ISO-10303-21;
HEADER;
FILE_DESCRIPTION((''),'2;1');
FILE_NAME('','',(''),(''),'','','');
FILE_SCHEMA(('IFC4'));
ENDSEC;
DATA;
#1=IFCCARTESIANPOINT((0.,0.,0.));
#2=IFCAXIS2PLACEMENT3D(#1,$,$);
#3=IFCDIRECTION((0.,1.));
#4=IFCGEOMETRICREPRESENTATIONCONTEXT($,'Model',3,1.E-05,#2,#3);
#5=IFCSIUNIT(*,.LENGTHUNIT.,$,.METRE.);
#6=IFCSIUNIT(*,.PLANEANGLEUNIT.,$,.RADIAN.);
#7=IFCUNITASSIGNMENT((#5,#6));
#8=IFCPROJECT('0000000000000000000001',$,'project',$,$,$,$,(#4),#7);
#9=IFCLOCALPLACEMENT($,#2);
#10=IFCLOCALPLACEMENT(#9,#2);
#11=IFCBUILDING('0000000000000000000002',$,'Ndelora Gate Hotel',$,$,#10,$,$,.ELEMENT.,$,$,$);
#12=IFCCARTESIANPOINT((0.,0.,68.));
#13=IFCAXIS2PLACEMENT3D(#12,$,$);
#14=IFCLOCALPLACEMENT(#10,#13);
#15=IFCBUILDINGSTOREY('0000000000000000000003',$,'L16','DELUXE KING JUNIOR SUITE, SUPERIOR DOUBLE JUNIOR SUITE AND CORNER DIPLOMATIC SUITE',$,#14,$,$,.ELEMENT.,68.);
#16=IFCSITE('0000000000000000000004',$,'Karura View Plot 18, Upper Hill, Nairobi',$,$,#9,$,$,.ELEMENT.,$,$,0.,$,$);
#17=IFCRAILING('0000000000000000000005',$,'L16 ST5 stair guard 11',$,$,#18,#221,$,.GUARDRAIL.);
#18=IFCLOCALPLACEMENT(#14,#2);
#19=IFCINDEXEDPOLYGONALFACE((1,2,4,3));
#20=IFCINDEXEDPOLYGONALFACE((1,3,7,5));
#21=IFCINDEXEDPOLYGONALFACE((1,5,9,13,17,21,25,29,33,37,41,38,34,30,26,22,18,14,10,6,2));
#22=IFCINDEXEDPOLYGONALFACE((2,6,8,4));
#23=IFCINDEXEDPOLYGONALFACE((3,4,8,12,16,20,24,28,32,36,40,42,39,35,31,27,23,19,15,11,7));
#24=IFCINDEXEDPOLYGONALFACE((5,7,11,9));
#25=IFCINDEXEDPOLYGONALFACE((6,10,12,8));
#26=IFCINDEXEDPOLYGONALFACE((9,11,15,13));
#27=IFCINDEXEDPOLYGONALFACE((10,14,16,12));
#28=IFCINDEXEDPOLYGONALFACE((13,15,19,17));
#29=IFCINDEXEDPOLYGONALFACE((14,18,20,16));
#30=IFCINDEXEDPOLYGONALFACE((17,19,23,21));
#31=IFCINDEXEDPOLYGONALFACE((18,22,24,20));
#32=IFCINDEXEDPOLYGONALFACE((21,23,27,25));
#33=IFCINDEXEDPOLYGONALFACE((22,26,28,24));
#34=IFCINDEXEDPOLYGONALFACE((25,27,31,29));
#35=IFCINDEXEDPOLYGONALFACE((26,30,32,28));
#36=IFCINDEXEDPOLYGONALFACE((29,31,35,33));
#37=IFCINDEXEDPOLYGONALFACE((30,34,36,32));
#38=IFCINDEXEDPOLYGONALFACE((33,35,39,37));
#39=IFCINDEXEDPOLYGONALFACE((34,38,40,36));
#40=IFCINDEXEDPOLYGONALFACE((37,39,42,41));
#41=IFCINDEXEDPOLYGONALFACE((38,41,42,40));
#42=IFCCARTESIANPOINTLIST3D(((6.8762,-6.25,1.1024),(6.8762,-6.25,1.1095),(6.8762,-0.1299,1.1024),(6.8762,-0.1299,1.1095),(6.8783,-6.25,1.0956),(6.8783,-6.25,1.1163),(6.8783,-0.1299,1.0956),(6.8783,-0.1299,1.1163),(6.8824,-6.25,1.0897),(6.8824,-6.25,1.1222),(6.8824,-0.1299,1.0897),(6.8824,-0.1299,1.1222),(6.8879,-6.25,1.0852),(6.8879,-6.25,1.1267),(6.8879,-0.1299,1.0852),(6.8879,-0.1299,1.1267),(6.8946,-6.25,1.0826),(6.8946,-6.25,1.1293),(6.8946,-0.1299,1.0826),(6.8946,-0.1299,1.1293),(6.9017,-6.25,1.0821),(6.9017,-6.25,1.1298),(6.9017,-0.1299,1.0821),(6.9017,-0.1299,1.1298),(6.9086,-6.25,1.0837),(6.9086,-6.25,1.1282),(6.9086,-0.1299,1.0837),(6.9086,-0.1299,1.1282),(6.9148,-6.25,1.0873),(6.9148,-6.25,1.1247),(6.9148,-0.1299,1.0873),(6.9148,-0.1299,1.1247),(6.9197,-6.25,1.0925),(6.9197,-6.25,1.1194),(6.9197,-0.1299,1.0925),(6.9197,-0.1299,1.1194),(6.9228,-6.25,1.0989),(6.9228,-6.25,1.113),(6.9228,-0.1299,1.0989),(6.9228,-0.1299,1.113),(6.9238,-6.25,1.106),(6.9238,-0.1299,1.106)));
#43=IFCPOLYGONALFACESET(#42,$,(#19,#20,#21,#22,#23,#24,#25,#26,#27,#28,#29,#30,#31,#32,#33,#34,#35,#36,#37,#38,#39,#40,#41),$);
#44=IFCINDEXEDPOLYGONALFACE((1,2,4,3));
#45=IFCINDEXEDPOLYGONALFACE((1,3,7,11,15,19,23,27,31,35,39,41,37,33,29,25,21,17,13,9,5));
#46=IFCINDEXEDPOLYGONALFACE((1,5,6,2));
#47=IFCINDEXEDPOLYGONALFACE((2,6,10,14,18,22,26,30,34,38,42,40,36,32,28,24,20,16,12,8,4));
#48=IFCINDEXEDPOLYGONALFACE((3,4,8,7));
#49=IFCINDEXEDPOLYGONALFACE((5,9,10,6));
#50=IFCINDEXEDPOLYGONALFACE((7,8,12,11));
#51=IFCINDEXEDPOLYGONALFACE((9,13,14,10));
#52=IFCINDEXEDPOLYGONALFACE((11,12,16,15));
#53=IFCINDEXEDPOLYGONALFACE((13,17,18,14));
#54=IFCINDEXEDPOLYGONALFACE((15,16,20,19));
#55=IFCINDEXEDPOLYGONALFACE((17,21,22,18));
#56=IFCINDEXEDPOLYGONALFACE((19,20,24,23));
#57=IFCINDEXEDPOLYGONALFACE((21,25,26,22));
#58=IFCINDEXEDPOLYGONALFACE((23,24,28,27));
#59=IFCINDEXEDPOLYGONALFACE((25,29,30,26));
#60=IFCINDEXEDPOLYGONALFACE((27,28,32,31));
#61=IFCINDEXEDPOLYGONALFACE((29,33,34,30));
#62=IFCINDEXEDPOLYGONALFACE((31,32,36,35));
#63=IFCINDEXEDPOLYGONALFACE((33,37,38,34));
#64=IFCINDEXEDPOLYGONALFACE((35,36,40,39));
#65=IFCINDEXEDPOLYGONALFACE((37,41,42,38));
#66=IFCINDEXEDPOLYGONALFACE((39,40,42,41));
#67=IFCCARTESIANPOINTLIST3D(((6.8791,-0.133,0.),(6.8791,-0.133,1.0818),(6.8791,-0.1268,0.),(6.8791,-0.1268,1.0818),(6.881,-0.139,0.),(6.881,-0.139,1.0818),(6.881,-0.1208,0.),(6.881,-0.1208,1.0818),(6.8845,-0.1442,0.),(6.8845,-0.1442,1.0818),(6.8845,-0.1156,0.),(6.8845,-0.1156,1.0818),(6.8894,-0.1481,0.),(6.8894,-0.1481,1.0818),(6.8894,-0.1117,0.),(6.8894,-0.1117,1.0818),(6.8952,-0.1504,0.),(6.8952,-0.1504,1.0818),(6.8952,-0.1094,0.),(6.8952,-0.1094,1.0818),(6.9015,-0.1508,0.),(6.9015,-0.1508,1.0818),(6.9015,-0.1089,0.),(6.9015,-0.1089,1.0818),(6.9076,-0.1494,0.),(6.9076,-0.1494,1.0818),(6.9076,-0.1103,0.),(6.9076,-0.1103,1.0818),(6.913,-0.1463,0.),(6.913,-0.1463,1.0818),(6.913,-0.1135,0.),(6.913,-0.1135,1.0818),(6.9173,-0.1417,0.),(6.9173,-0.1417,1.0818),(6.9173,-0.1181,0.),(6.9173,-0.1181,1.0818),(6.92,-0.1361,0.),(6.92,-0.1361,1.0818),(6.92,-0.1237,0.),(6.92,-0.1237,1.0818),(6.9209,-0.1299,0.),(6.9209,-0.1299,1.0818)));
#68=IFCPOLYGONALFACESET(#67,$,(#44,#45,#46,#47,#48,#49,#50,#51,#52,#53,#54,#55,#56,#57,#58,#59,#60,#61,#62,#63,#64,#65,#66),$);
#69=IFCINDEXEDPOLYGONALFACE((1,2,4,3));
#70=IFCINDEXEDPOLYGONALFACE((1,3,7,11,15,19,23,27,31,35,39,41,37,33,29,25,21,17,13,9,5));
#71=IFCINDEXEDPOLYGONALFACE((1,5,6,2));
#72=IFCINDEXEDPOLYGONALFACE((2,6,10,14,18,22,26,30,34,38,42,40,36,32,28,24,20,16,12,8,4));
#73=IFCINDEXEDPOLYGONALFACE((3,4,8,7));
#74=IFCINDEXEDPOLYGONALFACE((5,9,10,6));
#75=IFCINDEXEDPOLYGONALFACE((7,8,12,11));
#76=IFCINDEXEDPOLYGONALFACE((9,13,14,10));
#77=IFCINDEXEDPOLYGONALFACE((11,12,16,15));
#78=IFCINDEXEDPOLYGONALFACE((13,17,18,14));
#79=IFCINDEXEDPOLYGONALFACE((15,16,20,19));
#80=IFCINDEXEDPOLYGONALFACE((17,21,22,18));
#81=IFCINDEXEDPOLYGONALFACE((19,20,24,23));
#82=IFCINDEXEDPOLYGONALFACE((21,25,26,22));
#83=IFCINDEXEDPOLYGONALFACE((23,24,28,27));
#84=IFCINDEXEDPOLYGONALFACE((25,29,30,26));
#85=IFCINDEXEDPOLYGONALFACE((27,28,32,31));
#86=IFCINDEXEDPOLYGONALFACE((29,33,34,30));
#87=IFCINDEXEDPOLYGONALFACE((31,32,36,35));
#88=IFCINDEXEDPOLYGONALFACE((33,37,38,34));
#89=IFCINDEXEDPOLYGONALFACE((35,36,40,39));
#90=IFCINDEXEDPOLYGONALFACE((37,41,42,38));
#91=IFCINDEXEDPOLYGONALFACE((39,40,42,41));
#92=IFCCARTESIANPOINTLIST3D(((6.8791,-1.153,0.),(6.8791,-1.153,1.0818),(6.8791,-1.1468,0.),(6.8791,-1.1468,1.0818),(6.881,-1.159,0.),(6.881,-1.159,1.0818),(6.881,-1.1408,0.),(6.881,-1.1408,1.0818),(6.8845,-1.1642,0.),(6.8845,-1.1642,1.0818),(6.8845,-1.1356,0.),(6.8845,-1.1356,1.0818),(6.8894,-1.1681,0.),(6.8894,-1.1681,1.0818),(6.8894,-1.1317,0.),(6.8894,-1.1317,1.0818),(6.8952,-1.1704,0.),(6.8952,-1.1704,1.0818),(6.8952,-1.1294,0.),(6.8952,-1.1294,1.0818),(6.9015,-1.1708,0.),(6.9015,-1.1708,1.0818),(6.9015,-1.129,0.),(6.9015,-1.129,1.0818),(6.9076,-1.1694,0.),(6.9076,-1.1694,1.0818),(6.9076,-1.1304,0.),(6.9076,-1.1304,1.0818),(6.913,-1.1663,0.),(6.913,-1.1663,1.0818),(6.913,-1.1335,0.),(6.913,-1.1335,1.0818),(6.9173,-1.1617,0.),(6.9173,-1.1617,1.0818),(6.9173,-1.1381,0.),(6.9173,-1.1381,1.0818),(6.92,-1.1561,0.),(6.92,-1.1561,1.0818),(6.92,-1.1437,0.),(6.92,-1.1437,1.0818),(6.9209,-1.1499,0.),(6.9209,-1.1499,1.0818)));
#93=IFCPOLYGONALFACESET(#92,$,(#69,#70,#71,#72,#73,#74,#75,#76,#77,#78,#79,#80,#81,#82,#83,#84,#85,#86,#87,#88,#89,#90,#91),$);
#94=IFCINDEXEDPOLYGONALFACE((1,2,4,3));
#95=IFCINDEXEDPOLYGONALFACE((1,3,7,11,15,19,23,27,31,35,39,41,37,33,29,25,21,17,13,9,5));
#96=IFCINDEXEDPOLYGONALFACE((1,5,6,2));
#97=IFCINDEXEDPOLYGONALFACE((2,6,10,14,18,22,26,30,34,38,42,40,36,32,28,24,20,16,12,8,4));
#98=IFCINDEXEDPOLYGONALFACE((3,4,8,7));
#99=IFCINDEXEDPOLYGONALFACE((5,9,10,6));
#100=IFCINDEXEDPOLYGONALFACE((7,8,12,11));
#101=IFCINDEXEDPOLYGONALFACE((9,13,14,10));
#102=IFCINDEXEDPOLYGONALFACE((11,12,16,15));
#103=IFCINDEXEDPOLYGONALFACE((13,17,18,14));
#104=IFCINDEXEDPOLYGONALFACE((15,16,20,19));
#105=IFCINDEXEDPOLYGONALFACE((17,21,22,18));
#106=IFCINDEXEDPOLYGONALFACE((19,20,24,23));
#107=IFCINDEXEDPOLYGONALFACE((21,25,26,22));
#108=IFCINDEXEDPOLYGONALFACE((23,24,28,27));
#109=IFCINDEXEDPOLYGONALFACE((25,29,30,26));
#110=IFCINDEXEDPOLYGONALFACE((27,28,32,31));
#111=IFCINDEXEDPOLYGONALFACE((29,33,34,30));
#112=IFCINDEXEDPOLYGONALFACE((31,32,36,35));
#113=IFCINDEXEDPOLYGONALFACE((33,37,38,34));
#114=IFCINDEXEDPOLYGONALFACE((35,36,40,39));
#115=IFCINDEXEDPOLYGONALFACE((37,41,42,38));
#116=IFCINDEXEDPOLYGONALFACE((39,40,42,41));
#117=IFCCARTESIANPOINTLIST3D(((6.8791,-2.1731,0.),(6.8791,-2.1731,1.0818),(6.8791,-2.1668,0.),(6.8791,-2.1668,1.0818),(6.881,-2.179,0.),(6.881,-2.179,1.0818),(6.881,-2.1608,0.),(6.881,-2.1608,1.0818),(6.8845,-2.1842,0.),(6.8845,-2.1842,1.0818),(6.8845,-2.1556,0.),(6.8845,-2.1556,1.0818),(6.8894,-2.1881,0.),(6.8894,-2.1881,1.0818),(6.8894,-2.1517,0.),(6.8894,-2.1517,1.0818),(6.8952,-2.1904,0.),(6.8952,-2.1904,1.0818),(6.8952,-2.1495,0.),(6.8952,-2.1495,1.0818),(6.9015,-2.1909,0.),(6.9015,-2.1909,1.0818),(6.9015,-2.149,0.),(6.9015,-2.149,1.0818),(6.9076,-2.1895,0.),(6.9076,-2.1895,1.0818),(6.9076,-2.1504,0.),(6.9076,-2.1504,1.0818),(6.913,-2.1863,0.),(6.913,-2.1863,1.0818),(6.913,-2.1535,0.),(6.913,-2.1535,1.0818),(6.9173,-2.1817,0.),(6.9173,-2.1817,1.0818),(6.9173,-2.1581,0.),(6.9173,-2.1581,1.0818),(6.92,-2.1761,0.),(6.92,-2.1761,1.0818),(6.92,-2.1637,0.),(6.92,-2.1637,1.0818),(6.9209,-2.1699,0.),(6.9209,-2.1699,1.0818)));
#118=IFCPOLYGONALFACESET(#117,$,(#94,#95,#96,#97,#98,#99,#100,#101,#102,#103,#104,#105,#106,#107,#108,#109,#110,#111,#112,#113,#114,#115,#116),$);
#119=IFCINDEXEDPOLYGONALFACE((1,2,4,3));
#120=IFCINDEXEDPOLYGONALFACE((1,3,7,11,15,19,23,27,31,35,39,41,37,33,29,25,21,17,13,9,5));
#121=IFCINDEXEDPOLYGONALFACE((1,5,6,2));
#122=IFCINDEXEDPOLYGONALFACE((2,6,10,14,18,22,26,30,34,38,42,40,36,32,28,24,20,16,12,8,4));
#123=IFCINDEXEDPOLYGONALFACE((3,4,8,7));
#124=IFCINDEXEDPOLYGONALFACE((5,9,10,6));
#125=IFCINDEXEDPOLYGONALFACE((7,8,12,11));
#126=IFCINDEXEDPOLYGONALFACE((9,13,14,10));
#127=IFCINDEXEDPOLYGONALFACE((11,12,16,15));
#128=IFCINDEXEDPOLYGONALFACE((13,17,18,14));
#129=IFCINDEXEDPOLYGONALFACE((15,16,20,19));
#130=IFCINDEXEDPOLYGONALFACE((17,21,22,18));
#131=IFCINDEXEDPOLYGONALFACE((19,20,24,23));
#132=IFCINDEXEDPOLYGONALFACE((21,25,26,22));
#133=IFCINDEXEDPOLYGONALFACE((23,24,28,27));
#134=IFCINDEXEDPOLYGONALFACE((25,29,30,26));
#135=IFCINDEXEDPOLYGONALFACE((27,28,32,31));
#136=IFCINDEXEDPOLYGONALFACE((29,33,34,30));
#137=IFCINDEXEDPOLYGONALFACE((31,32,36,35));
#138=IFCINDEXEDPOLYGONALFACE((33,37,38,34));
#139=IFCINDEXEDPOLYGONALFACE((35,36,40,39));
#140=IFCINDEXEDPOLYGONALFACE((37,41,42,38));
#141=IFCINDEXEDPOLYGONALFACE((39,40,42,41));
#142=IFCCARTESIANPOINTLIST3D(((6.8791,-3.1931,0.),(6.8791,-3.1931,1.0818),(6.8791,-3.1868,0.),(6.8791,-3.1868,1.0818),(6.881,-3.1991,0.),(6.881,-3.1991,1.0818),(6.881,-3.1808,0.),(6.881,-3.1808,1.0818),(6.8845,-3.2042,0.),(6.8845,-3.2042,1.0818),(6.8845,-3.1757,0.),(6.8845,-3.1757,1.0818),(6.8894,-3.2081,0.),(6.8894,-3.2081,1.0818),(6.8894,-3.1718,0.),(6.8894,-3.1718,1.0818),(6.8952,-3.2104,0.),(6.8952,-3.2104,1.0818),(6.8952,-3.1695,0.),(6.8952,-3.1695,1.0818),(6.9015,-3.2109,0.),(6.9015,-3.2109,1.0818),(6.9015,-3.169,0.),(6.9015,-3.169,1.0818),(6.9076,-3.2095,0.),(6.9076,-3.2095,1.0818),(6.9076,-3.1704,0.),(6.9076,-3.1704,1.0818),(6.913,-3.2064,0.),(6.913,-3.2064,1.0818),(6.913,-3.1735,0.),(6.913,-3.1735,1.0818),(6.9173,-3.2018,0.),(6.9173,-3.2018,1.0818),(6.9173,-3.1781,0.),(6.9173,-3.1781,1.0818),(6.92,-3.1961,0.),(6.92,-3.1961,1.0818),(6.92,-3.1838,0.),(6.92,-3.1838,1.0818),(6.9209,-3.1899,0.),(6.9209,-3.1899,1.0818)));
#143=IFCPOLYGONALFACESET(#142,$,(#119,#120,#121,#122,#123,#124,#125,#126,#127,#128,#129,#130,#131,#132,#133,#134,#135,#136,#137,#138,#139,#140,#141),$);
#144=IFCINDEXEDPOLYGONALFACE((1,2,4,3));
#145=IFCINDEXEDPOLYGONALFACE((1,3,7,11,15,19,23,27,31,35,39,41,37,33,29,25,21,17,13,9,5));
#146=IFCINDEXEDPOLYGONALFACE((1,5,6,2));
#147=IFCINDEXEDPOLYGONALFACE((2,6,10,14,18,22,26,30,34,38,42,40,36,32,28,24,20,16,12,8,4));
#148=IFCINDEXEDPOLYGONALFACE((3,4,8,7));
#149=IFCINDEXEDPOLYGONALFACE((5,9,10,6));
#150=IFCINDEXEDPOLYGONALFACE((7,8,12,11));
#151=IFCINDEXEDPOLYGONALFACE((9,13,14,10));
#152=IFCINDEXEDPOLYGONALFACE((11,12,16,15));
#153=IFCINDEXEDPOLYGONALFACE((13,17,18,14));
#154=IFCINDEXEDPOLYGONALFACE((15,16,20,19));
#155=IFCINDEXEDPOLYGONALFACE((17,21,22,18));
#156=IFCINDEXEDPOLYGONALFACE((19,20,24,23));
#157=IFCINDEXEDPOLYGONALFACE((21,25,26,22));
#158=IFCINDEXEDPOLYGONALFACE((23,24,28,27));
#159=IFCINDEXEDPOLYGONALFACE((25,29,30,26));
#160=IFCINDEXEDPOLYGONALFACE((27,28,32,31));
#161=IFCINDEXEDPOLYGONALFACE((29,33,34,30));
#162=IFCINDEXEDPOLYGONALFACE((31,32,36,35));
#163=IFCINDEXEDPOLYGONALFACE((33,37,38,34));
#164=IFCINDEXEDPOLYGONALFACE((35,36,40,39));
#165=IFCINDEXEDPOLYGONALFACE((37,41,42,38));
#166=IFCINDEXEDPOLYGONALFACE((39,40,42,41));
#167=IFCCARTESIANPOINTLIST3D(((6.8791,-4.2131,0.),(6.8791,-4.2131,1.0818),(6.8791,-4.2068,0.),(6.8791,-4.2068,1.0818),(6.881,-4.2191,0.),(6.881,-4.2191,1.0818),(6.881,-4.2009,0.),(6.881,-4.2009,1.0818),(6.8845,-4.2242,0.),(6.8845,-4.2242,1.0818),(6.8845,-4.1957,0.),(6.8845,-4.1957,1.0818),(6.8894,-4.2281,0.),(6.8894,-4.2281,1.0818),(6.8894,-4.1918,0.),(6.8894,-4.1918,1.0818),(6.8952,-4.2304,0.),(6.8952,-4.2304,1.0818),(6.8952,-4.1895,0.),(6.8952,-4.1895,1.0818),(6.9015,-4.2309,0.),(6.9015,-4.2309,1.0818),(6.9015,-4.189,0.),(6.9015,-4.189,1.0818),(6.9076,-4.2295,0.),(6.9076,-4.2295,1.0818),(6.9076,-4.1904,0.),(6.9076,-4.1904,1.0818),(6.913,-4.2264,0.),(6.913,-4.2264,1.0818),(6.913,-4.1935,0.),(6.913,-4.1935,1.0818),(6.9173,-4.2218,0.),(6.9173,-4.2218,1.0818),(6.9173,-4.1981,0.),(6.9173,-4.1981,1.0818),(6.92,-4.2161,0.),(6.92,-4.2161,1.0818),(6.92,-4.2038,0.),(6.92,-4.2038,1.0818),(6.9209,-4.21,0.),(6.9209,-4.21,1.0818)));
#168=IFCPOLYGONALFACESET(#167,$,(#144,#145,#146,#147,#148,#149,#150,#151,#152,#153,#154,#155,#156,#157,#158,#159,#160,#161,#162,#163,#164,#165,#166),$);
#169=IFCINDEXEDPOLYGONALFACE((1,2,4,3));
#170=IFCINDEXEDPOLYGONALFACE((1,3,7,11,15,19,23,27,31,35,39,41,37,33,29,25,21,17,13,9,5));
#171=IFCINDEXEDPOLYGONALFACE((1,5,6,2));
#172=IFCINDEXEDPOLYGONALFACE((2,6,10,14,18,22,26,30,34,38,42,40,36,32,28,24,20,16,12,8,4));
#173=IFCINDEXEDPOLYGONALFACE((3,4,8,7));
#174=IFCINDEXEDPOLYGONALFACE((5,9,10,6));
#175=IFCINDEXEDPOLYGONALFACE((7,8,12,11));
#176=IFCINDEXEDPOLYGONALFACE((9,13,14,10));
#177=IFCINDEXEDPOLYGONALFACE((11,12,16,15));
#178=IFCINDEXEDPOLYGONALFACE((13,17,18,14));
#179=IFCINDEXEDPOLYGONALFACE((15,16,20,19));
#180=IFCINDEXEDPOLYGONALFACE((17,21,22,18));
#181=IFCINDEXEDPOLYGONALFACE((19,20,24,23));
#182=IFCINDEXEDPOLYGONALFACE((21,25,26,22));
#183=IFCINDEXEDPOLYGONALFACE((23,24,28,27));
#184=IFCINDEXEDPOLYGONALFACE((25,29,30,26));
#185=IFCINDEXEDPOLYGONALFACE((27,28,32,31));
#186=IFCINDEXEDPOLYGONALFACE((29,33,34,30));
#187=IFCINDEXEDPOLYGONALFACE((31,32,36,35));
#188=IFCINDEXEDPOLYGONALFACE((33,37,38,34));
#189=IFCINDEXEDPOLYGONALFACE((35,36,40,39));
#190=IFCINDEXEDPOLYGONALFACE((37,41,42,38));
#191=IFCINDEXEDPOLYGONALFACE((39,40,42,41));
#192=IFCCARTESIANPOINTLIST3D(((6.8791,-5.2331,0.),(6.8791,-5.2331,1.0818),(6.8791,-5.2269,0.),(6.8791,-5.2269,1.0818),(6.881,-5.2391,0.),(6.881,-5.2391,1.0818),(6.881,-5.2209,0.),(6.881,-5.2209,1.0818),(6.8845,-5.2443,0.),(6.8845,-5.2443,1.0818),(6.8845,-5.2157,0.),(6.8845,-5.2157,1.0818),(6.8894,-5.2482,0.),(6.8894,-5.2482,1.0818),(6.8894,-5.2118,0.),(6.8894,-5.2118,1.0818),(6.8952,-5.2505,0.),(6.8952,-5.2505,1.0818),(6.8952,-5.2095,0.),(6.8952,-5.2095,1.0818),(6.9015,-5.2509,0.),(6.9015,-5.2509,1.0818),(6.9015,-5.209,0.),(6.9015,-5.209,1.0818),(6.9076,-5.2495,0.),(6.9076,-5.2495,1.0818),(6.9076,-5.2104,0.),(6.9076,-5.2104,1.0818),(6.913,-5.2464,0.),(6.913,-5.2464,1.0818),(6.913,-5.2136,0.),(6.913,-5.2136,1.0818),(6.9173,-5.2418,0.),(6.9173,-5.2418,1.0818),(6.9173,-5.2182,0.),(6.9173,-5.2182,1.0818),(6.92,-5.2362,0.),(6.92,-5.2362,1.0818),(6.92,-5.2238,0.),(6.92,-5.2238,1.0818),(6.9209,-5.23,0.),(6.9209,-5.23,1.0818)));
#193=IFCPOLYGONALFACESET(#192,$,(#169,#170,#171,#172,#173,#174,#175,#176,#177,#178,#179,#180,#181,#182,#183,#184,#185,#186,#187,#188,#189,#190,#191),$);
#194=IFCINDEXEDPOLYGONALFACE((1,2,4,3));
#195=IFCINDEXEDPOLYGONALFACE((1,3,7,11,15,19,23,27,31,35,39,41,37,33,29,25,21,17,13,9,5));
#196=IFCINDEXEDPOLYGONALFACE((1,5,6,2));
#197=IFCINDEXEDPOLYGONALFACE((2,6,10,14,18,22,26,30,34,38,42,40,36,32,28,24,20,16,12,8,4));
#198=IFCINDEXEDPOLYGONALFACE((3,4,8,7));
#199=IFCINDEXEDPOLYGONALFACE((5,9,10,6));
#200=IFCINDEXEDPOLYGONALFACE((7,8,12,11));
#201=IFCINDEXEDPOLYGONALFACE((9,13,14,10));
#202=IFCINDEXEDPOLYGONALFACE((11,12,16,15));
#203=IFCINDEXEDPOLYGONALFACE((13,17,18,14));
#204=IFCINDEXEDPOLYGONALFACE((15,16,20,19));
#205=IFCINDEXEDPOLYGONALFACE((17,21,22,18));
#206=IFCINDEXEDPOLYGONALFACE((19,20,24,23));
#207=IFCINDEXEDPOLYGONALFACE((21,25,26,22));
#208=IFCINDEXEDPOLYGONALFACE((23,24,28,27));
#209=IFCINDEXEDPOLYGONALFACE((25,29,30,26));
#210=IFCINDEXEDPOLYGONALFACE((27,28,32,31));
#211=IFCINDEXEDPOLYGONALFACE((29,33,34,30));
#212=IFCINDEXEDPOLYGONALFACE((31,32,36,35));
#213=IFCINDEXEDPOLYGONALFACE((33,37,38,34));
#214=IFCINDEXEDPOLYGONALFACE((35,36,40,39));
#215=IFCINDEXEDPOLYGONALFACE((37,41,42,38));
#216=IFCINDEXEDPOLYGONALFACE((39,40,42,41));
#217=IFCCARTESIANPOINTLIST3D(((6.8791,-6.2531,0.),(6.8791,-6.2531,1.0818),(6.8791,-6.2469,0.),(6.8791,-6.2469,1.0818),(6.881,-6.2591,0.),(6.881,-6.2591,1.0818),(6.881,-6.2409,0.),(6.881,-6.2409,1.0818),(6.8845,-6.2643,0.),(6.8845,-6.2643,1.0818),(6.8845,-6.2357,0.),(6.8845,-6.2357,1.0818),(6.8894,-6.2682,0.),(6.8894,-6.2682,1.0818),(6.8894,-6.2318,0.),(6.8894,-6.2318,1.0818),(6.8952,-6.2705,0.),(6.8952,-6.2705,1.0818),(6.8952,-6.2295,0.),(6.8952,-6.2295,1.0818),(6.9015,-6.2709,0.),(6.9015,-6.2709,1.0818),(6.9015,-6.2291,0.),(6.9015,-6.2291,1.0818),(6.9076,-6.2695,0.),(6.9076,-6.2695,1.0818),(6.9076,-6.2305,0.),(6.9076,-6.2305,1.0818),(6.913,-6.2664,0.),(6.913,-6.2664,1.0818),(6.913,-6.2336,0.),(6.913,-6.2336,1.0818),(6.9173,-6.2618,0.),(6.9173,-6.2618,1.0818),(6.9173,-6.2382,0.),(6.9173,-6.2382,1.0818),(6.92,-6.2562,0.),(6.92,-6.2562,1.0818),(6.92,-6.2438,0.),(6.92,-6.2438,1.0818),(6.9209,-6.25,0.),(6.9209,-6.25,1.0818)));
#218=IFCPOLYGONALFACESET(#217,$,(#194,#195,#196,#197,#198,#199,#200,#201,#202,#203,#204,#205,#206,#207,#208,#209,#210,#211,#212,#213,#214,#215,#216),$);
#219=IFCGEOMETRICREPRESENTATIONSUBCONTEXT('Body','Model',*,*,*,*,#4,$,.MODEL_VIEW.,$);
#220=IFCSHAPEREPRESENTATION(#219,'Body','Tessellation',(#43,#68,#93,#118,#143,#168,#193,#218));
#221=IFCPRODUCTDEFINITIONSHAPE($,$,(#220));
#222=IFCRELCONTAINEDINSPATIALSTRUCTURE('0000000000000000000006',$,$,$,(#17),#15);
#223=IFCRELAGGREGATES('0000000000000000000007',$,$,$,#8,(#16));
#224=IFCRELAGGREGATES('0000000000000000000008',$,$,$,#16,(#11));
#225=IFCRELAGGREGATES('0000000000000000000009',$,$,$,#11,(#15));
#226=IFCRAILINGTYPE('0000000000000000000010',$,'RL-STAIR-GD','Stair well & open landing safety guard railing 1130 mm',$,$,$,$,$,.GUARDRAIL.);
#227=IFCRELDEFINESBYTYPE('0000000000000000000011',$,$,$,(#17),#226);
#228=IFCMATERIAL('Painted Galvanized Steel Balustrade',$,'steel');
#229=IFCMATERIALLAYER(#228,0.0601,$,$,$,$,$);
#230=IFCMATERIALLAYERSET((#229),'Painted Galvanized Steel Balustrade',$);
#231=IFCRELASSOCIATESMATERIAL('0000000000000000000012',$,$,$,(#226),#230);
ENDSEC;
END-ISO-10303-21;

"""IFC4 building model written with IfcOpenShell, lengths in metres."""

from ifc_helpers import new_model, si_unit, direction, frame, origin, origin_2d, place, context, subcontext, project, spatial, circle, extrude, material, layer, layer_set, type_object, element, save


model = new_model("IFC4")

# Units and contexts
model_context = context("Model", 3, precision=1e-05, world=origin(), true_north=direction((0.0, 1.0)))
body_context = subcontext(model_context, "Body", "Model", "MODEL_VIEW")
ifc_project = project(units=[si_unit("LENGTHUNIT", "METRE"), si_unit("PLANEANGLEUNIT", "RADIAN")], contexts=[model_context])

# Site, building, storey
site_placement = place(None, origin())
site = spatial("IfcSite", under=ifc_project, at=site_placement, Name="Karura View Plot 18, Upper Hill, Nairobi", CompositionType="ELEMENT", RefElevation=0.0)
building_placement = place(site_placement, origin())
building = spatial("IfcBuilding", under=site, at=building_placement, Name="Ndelora Gate Hotel", CompositionType="ELEMENT")
storey_placement = place(building_placement, frame((0.0, 0.0, 68.0)))
storey = spatial("IfcBuildingStorey", under=building, at=storey_placement, Name="L16", Description="DELUXE KING JUNIOR SUITE, SUPERIOR DOUBLE JUNIOR SUITE AND CORNER DIPLOMATIC SUITE", CompositionType="ELEMENT", Elevation=68.0)

# Railing
ifc_material_1 = material(Name="Painted Galvanized Steel Balustrade", Category="steel")
ifc_layer_1 = layer(ifc_material_1, 0.0601)
ifc_layer_set_1 = layer_set([ifc_layer_1], Name="Painted Galvanized Steel Balustrade")
railing_type_1 = type_object("IfcRailingType", Name="RL-STAIR-GD", Description="Stair well & open landing safety guard railing 1130 mm", PredefinedType="GUARDRAIL", material=ifc_layer_set_1)
railing_1_placement = place(storey_placement, frame((6.8999, -0.1299, 0.0)))
element("IfcRailing", 1, at=railing_1_placement, inside=storey, type_object=railing_type_1, Name="L16 ST5 stair guard 11", PredefinedType="GUARDRAIL", context=body_context, shape_type="SweptSolid", body=[
    extrude(circle(Radius=0.0239, at=origin_2d()), frame((0.0, 0.0, 1.106), z_axis=(0.0, -1.0, 0.0), x_axis=(1.0, 0.0, 0.0)), (0.0, 0.0, 1.0), 6.1201),
    extrude(circle(Radius=0.021, at=origin_2d()), origin(), (0.0, 0.0, 1.0), 1.0818),
    extrude(circle(Radius=0.021, at=origin_2d()), frame((0.0, -1.02, 0.0)), (0.0, 0.0, 1.0), 1.0818),
    extrude(circle(Radius=0.021, at=origin_2d()), frame((0.0, -2.04, 0.0)), (0.0, 0.0, 1.0), 1.0818),
    extrude(circle(Radius=0.021, at=origin_2d()), frame((0.0, -3.0601, 0.0)), (0.0, 0.0, 1.0), 1.0818),
    extrude(circle(Radius=0.021, at=origin_2d()), frame((0.0, -4.0801, 0.0)), (0.0, 0.0, 1.0), 1.0818),
    extrude(circle(Radius=0.021, at=origin_2d()), frame((0.0, -5.1001, 0.0)), (0.0, 0.0, 1.0), 1.0818),
    extrude(circle(Radius=0.021, at=origin_2d()), frame((0.0, -6.1201, 0.0)), (0.0, 0.0, 1.0), 1.0818),
])

save(model, "model.ifc")
